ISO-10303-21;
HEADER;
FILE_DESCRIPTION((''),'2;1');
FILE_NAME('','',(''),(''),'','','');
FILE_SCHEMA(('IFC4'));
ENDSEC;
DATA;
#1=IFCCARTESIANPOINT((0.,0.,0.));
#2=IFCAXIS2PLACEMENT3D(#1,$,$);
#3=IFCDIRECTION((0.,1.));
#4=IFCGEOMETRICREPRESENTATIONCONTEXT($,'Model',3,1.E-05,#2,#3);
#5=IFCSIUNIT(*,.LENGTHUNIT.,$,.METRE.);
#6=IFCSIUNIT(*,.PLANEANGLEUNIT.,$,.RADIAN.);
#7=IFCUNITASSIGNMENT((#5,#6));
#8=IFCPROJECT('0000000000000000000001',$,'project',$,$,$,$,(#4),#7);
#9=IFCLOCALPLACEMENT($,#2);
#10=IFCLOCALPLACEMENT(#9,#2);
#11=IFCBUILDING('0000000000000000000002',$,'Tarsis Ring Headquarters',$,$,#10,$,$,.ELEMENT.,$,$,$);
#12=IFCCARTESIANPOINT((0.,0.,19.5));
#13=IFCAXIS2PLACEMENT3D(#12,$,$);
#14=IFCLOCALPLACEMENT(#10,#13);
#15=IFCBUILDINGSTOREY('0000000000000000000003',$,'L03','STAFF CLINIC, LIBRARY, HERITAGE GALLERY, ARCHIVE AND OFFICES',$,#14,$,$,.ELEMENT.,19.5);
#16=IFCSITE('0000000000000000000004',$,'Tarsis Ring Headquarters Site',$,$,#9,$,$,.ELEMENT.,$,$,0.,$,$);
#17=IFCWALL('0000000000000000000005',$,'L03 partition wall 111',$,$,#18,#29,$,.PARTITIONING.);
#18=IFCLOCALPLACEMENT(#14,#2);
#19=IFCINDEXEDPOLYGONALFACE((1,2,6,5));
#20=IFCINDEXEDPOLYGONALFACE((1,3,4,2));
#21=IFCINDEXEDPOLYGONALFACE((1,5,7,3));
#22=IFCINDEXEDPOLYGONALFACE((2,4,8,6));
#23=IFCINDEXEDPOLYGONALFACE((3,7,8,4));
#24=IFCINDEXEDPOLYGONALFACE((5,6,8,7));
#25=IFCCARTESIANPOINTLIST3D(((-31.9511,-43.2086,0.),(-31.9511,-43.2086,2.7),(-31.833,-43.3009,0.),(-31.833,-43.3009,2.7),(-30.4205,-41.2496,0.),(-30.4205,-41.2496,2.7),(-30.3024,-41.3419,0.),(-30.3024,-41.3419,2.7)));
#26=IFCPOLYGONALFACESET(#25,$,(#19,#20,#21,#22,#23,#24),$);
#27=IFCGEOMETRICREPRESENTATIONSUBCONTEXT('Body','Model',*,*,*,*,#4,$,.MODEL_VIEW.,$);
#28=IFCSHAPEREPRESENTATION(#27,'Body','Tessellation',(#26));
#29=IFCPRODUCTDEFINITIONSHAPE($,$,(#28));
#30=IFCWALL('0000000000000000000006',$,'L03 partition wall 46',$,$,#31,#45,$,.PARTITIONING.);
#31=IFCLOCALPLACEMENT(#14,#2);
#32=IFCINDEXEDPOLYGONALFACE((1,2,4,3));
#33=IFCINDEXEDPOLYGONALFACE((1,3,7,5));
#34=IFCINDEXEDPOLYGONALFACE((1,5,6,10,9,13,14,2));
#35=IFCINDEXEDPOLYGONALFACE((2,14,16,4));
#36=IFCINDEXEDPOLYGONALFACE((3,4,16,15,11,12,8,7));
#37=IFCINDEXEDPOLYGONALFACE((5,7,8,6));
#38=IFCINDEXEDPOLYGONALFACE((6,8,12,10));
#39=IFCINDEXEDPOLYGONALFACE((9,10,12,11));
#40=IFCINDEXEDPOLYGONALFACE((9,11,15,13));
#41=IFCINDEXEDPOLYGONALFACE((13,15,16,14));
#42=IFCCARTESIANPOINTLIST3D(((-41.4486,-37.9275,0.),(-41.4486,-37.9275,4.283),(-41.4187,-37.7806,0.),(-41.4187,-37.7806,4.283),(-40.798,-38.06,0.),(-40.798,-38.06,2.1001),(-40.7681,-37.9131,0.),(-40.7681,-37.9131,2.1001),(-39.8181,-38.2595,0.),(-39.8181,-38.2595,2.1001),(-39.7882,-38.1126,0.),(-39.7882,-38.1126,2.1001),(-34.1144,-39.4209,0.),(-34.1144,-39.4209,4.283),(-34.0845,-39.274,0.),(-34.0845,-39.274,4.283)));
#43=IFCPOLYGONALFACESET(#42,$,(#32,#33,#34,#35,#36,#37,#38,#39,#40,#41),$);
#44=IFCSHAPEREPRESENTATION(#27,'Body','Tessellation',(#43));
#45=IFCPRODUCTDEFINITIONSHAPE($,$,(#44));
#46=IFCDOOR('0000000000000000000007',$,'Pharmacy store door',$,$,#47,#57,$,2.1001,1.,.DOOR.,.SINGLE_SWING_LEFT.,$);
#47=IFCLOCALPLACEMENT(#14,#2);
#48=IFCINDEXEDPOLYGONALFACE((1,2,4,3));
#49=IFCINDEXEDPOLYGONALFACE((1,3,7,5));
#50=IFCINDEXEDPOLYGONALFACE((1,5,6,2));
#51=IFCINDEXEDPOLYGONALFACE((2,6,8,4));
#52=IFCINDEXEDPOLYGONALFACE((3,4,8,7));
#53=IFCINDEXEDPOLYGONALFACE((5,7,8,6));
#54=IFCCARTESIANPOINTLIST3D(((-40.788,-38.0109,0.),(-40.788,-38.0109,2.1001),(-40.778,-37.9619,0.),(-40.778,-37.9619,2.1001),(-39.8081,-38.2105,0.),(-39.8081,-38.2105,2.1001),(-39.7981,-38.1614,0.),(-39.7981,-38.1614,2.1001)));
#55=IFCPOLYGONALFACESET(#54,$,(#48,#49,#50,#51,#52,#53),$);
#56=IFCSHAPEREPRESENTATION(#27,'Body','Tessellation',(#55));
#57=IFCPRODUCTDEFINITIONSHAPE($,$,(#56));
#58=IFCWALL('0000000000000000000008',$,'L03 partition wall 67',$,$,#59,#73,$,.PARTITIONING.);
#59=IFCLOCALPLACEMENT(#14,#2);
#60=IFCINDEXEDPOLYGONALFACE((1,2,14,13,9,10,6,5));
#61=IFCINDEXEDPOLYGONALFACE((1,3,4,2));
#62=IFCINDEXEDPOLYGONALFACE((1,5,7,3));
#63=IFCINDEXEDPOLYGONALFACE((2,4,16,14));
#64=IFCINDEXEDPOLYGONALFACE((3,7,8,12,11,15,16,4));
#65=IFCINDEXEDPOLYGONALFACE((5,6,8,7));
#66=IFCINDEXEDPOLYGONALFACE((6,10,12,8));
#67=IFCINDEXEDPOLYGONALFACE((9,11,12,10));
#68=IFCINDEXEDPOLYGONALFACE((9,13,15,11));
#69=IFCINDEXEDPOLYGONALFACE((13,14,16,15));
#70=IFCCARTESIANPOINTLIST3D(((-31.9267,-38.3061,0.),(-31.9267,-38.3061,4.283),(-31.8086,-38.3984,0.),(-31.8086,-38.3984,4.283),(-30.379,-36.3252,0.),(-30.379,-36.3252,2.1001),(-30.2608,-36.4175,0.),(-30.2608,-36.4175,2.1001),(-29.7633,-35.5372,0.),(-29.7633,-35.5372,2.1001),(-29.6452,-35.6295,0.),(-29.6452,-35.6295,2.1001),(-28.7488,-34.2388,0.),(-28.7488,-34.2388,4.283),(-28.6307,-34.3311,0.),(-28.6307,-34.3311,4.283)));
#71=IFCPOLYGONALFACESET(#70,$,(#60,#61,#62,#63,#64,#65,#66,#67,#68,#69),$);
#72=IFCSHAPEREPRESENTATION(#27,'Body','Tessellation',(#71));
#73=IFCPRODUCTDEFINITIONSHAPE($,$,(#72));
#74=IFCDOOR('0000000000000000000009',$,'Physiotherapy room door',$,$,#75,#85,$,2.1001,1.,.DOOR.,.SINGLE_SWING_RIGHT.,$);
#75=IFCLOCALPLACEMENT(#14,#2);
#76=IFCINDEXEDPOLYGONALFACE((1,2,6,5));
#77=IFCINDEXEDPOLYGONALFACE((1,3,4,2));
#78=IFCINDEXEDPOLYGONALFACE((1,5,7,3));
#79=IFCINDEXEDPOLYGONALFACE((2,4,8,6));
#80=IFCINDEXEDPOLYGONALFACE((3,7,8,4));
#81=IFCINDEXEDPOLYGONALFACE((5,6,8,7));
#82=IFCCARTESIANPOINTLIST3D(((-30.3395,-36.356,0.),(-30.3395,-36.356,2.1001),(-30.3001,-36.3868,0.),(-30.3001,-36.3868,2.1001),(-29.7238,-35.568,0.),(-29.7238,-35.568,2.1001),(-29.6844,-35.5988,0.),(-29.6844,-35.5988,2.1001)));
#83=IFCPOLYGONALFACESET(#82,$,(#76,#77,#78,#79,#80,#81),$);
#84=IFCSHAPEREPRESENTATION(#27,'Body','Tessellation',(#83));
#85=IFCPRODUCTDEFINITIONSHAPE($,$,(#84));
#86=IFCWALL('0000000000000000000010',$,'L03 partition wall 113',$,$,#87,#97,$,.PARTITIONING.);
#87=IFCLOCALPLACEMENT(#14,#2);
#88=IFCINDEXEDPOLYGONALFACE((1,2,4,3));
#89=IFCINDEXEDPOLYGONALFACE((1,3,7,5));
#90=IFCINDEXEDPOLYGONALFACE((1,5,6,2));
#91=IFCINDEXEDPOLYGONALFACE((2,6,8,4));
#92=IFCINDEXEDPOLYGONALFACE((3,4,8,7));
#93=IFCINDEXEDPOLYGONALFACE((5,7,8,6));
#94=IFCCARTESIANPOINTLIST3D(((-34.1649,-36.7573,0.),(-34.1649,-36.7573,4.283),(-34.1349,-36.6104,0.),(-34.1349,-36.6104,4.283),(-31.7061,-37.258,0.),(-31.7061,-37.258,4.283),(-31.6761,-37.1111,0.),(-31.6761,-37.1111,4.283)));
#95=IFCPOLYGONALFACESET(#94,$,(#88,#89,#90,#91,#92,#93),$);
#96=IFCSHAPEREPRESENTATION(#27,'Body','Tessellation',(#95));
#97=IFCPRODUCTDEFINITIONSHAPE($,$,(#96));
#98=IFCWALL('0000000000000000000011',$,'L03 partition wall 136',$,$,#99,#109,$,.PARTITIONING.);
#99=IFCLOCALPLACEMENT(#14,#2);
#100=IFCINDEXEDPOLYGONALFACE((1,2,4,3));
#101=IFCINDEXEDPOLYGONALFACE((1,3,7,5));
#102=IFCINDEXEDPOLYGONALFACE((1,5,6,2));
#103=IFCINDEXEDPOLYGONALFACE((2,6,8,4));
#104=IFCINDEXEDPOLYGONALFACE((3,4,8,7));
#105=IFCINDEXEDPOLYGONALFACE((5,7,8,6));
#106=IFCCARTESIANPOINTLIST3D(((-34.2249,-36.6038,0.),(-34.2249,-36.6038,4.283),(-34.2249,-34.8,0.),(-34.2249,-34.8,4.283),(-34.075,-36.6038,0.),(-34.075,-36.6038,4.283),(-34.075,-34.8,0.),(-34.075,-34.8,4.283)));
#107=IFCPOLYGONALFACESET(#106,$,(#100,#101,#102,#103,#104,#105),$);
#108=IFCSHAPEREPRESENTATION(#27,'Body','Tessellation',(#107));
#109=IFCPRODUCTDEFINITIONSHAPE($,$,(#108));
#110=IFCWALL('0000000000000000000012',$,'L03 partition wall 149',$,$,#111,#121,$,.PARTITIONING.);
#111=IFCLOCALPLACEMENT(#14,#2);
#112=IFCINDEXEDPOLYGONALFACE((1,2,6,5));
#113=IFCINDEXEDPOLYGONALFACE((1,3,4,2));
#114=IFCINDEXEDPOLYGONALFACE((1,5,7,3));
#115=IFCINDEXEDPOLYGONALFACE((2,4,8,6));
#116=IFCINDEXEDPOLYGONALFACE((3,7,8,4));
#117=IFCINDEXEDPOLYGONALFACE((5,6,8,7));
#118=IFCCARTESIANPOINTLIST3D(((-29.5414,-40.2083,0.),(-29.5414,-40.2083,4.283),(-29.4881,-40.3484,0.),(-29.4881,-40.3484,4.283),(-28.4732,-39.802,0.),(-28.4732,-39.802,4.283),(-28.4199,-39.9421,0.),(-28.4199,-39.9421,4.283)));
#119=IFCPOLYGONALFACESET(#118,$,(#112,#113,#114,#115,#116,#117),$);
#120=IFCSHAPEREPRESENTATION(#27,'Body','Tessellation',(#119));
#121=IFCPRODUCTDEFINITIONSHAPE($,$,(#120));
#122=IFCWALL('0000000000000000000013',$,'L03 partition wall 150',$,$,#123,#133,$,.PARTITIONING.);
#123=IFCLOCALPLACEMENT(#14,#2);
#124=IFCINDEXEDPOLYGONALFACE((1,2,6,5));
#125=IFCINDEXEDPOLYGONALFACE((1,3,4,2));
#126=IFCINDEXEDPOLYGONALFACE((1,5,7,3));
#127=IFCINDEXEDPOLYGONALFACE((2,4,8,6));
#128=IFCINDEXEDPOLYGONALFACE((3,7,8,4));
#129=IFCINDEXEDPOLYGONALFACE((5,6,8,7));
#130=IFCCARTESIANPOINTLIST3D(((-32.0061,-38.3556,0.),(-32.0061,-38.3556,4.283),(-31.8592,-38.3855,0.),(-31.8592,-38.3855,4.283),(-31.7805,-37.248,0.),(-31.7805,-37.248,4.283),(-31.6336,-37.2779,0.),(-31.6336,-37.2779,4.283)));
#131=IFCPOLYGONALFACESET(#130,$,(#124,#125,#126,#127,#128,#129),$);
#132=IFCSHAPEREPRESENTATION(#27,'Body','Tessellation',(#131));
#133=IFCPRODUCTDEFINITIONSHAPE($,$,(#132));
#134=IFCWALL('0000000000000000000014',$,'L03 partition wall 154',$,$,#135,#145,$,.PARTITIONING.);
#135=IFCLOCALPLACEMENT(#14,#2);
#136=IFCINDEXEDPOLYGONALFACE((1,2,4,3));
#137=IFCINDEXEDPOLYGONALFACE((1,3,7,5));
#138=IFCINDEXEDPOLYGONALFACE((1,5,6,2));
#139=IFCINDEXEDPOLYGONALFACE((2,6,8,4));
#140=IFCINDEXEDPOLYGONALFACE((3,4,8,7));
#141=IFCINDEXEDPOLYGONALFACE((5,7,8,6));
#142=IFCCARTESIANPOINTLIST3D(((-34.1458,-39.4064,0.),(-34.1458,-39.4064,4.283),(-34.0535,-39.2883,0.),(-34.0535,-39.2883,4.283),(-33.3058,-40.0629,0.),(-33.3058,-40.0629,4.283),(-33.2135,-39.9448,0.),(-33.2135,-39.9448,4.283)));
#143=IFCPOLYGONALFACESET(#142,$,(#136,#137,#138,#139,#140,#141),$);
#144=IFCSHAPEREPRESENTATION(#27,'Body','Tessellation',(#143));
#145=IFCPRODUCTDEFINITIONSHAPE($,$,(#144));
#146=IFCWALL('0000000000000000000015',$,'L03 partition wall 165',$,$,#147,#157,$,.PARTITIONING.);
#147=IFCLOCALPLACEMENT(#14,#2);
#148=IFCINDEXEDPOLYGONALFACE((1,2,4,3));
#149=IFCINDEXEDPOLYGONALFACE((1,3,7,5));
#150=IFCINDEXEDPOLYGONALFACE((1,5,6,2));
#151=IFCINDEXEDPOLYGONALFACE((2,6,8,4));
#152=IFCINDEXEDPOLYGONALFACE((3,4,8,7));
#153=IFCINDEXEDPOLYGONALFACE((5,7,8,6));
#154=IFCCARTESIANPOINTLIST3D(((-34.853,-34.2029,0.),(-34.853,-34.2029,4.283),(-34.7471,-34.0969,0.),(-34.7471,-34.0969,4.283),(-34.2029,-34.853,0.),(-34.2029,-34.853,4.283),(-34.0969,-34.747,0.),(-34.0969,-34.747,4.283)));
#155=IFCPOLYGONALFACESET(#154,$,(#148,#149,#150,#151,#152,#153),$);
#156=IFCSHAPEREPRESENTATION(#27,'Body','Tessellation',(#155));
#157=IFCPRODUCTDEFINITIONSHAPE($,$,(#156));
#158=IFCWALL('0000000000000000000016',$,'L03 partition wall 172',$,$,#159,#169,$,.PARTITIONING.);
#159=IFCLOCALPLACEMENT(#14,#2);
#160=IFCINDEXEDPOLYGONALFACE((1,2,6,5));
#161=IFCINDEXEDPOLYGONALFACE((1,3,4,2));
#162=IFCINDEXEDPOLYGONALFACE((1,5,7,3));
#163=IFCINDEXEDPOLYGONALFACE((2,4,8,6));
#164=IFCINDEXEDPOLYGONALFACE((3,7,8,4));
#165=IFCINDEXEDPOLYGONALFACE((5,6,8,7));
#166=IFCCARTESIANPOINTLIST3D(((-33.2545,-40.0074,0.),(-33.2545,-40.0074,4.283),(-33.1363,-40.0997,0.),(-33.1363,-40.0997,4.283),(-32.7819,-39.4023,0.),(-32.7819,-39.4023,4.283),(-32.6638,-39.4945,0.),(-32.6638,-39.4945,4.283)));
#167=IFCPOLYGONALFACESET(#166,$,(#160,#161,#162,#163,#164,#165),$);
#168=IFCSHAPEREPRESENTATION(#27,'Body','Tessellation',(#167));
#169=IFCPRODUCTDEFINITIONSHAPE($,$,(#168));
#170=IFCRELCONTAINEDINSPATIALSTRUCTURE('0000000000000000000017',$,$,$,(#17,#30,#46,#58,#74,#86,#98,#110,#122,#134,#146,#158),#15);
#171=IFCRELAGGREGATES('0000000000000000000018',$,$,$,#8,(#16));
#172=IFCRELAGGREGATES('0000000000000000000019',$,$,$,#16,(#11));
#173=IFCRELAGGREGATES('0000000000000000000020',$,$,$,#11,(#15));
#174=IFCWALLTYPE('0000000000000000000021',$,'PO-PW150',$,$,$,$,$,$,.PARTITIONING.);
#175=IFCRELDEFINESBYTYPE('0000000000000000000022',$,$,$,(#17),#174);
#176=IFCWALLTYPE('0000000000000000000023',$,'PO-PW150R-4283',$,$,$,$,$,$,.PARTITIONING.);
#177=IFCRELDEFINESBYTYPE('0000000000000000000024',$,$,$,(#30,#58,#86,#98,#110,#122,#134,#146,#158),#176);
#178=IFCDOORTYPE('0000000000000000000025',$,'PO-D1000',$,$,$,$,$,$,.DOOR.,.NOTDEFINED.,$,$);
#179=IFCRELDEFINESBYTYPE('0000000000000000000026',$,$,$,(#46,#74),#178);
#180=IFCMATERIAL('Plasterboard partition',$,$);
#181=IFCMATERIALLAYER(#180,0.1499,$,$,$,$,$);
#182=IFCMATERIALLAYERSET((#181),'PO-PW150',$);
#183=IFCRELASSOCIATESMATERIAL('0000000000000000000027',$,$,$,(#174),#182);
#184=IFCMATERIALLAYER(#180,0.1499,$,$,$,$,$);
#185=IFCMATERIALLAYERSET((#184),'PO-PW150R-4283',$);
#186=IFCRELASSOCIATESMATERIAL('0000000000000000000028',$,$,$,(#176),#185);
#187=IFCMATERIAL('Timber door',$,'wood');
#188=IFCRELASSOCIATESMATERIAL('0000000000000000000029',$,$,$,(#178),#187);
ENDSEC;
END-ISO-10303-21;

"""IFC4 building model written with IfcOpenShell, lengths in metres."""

from ifc_helpers import new_model, si_unit, direction, frame, frame_2d, origin, place, context, subcontext, project, spatial, rectangle, extrude, material, layer, layer_set, type_object, element, fill, save


model = new_model("IFC4")

# Units and contexts
model_context = context("Model", 3, precision=1e-05, world=origin(), true_north=direction((0.0, 1.0)))
body_context = subcontext(model_context, "Body", "Model", "MODEL_VIEW")
ifc_project = project(units=[si_unit("LENGTHUNIT", "METRE"), si_unit("PLANEANGLEUNIT", "RADIAN")], contexts=[model_context])

# Site, building, storey
site_placement = place(None, origin())
site = spatial("IfcSite", under=ifc_project, at=site_placement, Name="Tarsis Ring Headquarters Site", CompositionType="ELEMENT", RefElevation=0.0)
building_placement = place(site_placement, origin())
building = spatial("IfcBuilding", under=site, at=building_placement, Name="Tarsis Ring Headquarters", CompositionType="ELEMENT")
storey_placement = place(building_placement, frame((0.0, 0.0, 19.5)))
storey = spatial("IfcBuildingStorey", under=building, at=storey_placement, Name="L03", Description="STAFF CLINIC, LIBRARY, HERITAGE GALLERY, ARCHIVE AND OFFICES", CompositionType="ELEMENT", Elevation=19.5)

# Shared definitions
ifc_material_1 = material(Name="Plasterboard partition")
ifc_layer_1 = layer(ifc_material_1, 0.1499)
ifc_layer_set_1 = layer_set([ifc_layer_1], Name="PO-PW150")
wall_type_1 = type_object("IfcWallType", Name="PO-PW150", PredefinedType="PARTITIONING", material=ifc_layer_set_1)

# Shared definitions
ifc_material_2 = material(Name="Timber door", Category="wood")

# Wall
wall_1_placement = place(storey_placement, frame((-31.8921, -43.2549, 0.0), z_axis=(0.0, 0.0, 1.0), x_axis=(0.615659, 0.788012, 0.0)))
element("IfcWall", 1, at=wall_1_placement, inside=storey, type_object=wall_type_1, Name="L03 partition wall 111", PredefinedType="PARTITIONING", context=body_context, shape_type="SweptSolid", body=[
    extrude(rectangle(XDim=2.4861, YDim=0.1499, at=frame_2d((1.2432, 0.0))), origin(), (0.0, 0.0, 1.0), 2.7),
])

# Walls, openings, doors
ifc_layer_2 = layer(ifc_material_1, 0.1499)
ifc_layer_set_2 = layer_set([ifc_layer_2], Name="PO-PW150R-4283")
wall_type_2 = type_object("IfcWallType", Name="PO-PW150R-4283", PredefinedType="PARTITIONING", material=ifc_layer_set_2)
wall_2_placement = place(storey_placement, frame((-34.0996, -39.3474, 0.0), z_axis=(0.0, 0.0, 1.0), x_axis=(-0.979892, 0.199527, 0.0)))
wall_2 = element("IfcWall", 2, at=wall_2_placement, inside=storey, type_object=wall_type_2, Name="L03 partition wall 46", PredefinedType="PARTITIONING", context=body_context, shape_type="SweptSolid", body=[
    extrude(rectangle(XDim=7.4846, YDim=0.1499, at=frame_2d((3.7422, 0.0))), origin(), (0.0, 0.0, 1.0), 4.283),
])
opening_1_placement = place(wall_2_placement, frame((5.8206, 0.0, 0.0)))
opening_1 = element("IfcOpeningElement", 3, at=opening_1_placement, cuts=wall_2, PredefinedType="OPENING", context=body_context, shape_type="SweptSolid", body=[
    extrude(rectangle(XDim=1.0, YDim=2.1001, at=frame_2d((0.5, 1.05))), frame((0.0, 0.085, 0.0), z_axis=(0.0, -1.0, 0.0), x_axis=(1.0, 0.0, 0.0)), (0.0, 0.0, 1.0), 0.1699),
])
door_type_1 = type_object("IfcDoorType", Name="PO-D1000", OperationType="NOTDEFINED", PredefinedType="DOOR", material=ifc_material_2)
door_1_placement = place(opening_1_placement, origin())
door_1 = element("IfcDoor", 4, at=door_1_placement, inside=storey, type_object=door_type_1, Name="Pharmacy store door", OperationType="SINGLE_SWING_LEFT", OverallHeight=2.1001, OverallWidth=1.0, PredefinedType="DOOR", context=body_context, shape_type="SweptSolid", body=[
    extrude(rectangle(XDim=1.0, YDim=2.1001, at=frame_2d((0.5, 1.05))), frame((0.0, 0.0249, 0.0), z_axis=(0.0, -1.0, 0.0), x_axis=(1.0, 0.0, 0.0)), (0.0, 0.0, 1.0), 0.05),
])
fill(opening_1, door_1)
wall_3_placement = place(storey_placement, frame((-31.8677, -38.3523, 0.0), z_axis=(0.0, 0.0, 1.0), x_axis=(0.615684, 0.787993, 0.0)))
wall_3 = element("IfcWall", 5, at=wall_3_placement, inside=storey, type_object=wall_type_2, Name="L03 partition wall 67", PredefinedType="PARTITIONING", context=body_context, shape_type="SweptSolid", body=[
    extrude(rectangle(XDim=5.1616, YDim=0.1499, at=frame_2d((2.5808, 0.0))), origin(), (0.0, 0.0, 1.0), 4.283),
])
opening_2_placement = place(wall_3_placement, frame((2.5139, 0.0, 0.0)))
opening_2 = element("IfcOpeningElement", 6, at=opening_2_placement, cuts=wall_3, PredefinedType="OPENING", context=body_context, shape_type="SweptSolid", body=[
    extrude(rectangle(XDim=1.0, YDim=2.1001, at=frame_2d((0.5, 1.05))), frame((0.0, 0.085, 0.0), z_axis=(0.0, -1.0, 0.0), x_axis=(1.0, 0.0, 0.0)), (0.0, 0.0, 1.0), 0.1699),
])
door_2_placement = place(opening_2_placement, origin())
door_2 = element("IfcDoor", 7, at=door_2_placement, inside=storey, type_object=door_type_1, Name="Physiotherapy room door", OperationType="SINGLE_SWING_RIGHT", OverallHeight=2.1001, OverallWidth=1.0, PredefinedType="DOOR", context=body_context, shape_type="SweptSolid", body=[
    extrude(rectangle(XDim=1.0, YDim=2.1001, at=frame_2d((0.5, 1.05))), frame((0.0, 0.0249, 0.0), z_axis=(0.0, -1.0, 0.0), x_axis=(1.0, 0.0, 0.0)), (0.0, 0.0, 1.0), 0.05),
])
fill(opening_2, door_2)

# Walls
wall_4_placement = place(storey_placement, frame((-34.1499, -36.6838, 0.0), z_axis=(0.0, 0.0, 1.0), x_axis=(0.979886, -0.199558, 0.0)))
element("IfcWall", 8, at=wall_4_placement, inside=storey, type_object=wall_type_2, Name="L03 partition wall 113", PredefinedType="PARTITIONING", context=body_context, shape_type="SweptSolid", body=[
    extrude(rectangle(XDim=2.5093, YDim=0.1499, at=frame_2d((1.2546, 0.0))), origin(), (0.0, 0.0, 1.0), 4.283),
])
wall_5_placement = place(storey_placement, frame((-34.1499, -34.8, 0.0), z_axis=(0.0, 0.0, 1.0), x_axis=(0.0, -1.0, 0.0)))
element("IfcWall", 9, at=wall_5_placement, inside=storey, type_object=wall_type_2, Name="L03 partition wall 136", PredefinedType="PARTITIONING", context=body_context, shape_type="SweptSolid", body=[
    extrude(rectangle(XDim=1.8037, YDim=0.1499, at=frame_2d((0.9019, 0.0))), origin(), (0.0, 0.0, 1.0), 4.283),
])
wall_6_placement = place(storey_placement, frame((-29.5146, -40.2783, 0.0), z_axis=(0.0, 0.0, 1.0), x_axis=(0.934677, 0.355498, 0.0)))
element("IfcWall", 10, at=wall_6_placement, inside=storey, type_object=wall_type_2, Name="L03 partition wall 149", PredefinedType="PARTITIONING", context=body_context, shape_type="SweptSolid", body=[
    extrude(rectangle(XDim=1.1428, YDim=0.1499, at=frame_2d((0.5713, 0.0))), origin(), (0.0, 0.0, 1.0), 4.283),
])
wall_7_placement = place(storey_placement, frame((-31.707, -37.2629, 0.0), z_axis=(0.0, 0.0, 1.0), x_axis=(-0.199562, -0.979885, 0.0)))
element("IfcWall", 11, at=wall_7_placement, inside=storey, type_object=wall_type_2, Name="L03 partition wall 150", PredefinedType="PARTITIONING", context=body_context, shape_type="SweptSolid", body=[
    extrude(rectangle(XDim=1.1304, YDim=0.1499, at=frame_2d((0.5652, 0.0))), origin(), (0.0, 0.0, 1.0), 4.283),
])
wall_8_placement = place(storey_placement, frame((-33.2595, -40.0039, 0.0), z_axis=(0.0, 0.0, 1.0), x_axis=(-0.787945, 0.615746, 0.0)))
element("IfcWall", 12, at=wall_8_placement, inside=storey, type_object=wall_type_2, Name="L03 partition wall 154", PredefinedType="PARTITIONING", context=body_context, shape_type="SweptSolid", body=[
    extrude(rectangle(XDim=1.0662, YDim=0.1499, at=frame_2d((0.5332, 0.0))), origin(), (0.0, 0.0, 1.0), 4.283),
])
wall_9_placement = place(storey_placement, frame((-34.8, -34.1499, 0.0), z_axis=(0.0, 0.0, 1.0), x_axis=(0.707107, -0.707107, 0.0)))
element("IfcWall", 13, at=wall_9_placement, inside=storey, type_object=wall_type_2, Name="L03 partition wall 165", PredefinedType="PARTITIONING", context=body_context, shape_type="SweptSolid", body=[
    extrude(rectangle(XDim=0.9194, YDim=0.1499, at=frame_2d((0.4597, 0.0))), origin(), (0.0, 0.0, 1.0), 4.283),
])
wall_10_placement = place(storey_placement, frame((-32.7229, -39.4485, 0.0), z_axis=(0.0, 0.0, 1.0), x_axis=(-0.615502, -0.788135, 0.0)))
element("IfcWall", 14, at=wall_10_placement, inside=storey, type_object=wall_type_2, Name="L03 partition wall 172", PredefinedType="PARTITIONING", context=body_context, shape_type="SweptSolid", body=[
    extrude(rectangle(XDim=0.7678, YDim=0.1499, at=frame_2d((0.3838, 0.0))), origin(), (0.0, 0.0, 1.0), 4.283),
])

save(model, "model.ifc")
